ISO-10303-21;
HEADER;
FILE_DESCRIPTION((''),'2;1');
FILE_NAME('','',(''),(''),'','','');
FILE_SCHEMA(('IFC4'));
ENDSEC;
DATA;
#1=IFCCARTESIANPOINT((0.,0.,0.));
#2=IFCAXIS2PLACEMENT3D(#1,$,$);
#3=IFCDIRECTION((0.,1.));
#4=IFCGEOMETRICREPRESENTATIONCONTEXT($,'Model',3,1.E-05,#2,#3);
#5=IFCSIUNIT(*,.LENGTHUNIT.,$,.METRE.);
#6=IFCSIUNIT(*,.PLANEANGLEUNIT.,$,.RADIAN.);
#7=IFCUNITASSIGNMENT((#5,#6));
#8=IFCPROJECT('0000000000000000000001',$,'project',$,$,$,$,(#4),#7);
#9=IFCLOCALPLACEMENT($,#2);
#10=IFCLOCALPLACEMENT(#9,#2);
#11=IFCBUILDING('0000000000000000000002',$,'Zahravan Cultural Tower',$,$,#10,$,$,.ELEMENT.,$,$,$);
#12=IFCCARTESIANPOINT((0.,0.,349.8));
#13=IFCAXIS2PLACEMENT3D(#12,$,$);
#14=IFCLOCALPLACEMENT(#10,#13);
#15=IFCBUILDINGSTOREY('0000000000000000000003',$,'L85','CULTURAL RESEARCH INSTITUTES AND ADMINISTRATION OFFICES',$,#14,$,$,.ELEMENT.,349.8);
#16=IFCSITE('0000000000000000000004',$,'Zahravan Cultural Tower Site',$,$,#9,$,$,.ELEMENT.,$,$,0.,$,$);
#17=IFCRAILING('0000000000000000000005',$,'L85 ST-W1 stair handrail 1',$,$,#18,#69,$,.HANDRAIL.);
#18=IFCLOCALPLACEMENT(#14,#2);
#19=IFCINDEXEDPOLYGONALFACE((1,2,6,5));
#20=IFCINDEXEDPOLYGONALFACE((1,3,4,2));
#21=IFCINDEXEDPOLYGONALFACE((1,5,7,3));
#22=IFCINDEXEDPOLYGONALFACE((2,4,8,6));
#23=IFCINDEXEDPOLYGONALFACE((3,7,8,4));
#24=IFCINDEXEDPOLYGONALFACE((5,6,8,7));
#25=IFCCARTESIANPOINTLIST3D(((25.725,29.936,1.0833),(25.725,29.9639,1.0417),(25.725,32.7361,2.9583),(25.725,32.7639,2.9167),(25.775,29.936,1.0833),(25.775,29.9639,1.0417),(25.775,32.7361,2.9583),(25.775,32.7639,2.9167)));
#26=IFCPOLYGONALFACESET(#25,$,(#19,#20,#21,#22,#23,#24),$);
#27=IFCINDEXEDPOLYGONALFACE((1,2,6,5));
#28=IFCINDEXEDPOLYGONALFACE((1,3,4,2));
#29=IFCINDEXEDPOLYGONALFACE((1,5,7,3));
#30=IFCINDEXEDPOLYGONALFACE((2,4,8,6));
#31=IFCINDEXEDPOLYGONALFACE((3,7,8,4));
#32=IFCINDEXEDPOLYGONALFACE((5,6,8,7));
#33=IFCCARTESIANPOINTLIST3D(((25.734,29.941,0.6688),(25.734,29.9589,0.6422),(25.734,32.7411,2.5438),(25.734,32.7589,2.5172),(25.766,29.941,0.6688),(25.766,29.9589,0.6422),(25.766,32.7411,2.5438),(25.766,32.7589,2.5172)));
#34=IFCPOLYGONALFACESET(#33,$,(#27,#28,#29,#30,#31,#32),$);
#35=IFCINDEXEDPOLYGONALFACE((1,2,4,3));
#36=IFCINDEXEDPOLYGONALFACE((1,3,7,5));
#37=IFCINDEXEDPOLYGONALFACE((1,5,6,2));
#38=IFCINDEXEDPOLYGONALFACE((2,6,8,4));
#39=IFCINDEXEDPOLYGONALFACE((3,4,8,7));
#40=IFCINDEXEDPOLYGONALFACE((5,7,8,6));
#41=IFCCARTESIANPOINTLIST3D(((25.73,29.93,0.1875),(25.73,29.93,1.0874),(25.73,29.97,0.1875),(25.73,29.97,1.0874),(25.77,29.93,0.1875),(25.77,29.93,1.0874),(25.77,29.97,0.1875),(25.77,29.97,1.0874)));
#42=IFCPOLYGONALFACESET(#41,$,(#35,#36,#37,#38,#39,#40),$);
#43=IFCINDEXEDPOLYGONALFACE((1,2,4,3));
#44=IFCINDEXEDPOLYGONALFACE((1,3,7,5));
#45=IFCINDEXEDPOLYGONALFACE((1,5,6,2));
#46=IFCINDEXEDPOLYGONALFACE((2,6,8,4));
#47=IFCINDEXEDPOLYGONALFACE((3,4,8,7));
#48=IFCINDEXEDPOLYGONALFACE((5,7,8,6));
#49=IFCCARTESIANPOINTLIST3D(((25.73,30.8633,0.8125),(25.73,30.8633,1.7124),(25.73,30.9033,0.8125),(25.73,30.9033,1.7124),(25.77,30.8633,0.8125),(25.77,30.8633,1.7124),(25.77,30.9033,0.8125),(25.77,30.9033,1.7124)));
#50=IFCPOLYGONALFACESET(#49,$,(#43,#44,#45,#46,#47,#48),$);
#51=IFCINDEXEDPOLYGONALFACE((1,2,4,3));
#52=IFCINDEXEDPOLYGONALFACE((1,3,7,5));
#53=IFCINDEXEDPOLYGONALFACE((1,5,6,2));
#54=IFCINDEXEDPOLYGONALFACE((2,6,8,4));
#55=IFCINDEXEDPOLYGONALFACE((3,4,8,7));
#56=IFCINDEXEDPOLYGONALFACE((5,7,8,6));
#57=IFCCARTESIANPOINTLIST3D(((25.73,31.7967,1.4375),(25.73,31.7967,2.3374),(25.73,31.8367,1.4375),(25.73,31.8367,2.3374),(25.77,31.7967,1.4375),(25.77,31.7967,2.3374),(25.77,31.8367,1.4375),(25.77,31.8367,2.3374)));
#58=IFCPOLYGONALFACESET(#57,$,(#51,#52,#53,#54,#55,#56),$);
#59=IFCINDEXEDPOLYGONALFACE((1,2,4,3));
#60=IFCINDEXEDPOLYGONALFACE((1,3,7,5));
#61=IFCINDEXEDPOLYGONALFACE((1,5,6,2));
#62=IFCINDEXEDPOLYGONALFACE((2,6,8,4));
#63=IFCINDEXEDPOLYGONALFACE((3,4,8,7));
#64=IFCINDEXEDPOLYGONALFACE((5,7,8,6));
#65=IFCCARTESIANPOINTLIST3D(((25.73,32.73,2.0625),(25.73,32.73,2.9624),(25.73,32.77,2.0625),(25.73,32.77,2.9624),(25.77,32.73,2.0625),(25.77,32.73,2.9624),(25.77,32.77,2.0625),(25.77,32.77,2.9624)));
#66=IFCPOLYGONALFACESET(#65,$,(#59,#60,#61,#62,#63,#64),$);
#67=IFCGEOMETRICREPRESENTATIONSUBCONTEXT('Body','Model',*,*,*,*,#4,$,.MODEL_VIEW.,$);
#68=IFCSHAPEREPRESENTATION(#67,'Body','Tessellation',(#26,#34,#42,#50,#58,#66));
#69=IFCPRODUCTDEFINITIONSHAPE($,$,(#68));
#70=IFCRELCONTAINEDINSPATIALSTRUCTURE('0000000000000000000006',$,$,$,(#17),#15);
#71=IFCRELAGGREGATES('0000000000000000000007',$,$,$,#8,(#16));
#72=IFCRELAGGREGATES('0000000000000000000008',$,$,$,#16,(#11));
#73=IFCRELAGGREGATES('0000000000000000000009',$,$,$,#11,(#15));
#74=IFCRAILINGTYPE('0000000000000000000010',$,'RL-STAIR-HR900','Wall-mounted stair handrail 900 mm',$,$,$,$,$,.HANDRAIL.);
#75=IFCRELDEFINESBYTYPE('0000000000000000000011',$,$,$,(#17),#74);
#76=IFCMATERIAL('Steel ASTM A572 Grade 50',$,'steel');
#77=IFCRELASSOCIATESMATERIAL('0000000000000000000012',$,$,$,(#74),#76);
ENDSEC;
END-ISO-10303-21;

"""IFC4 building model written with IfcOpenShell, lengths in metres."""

from ifc_helpers import new_model, si_unit, direction, frame, origin, origin_2d, place, context, subcontext, project, spatial, rectangle, extrude, material, type_object, element, save


model = new_model("IFC4")

# Units and contexts
model_context = context("Model", 3, precision=1e-05, world=origin(), true_north=direction((0.0, 1.0)))
body_context = subcontext(model_context, "Body", "Model", "MODEL_VIEW")
ifc_project = project(units=[si_unit("LENGTHUNIT", "METRE"), si_unit("PLANEANGLEUNIT", "RADIAN")], contexts=[model_context])

# Site, building, storey
site_placement = place(None, origin())
site = spatial("IfcSite", under=ifc_project, at=site_placement, Name="Zahravan Cultural Tower Site", CompositionType="ELEMENT", RefElevation=0.0)
building_placement = place(site_placement, origin())
building = spatial("IfcBuilding", under=site, at=building_placement, Name="Zahravan Cultural Tower", CompositionType="ELEMENT")
storey_placement = place(building_placement, frame((0.0, 0.0, 349.8)))
storey = spatial("IfcBuildingStorey", under=building, at=storey_placement, Name="L85", Description="CULTURAL RESEARCH INSTITUTES AND ADMINISTRATION OFFICES", CompositionType="ELEMENT", Elevation=349.8)

# Shared definitions
ifc_material_1 = material(Name="Steel ASTM A572 Grade 50", Category="steel")

# Railing
railing_type = type_object("IfcRailingType", Name="RL-STAIR-HR900", Description="Wall-mounted stair handrail 900 mm", PredefinedType="HANDRAIL", material=ifc_material_1)
railing_placement = place(storey_placement, frame((25.75, 29.95, 0.1875)))
element("IfcRailing", 1, at=railing_placement, inside=storey, type_object=railing_type, Name="L85 ST-W1 stair handrail 1", PredefinedType="HANDRAIL", context=body_context, shape_type="SweptSolid", body=[
    extrude(rectangle(XDim=0.05, YDim=0.05, at=origin_2d()), frame((0.0, 0.0, 0.875), z_axis=(0.0, 0.830912, 0.556404), x_axis=(-1.0, 0.0, 0.0)), (0.0, 0.0, 1.0), 3.3699),
    extrude(rectangle(XDim=0.032, YDim=0.032, at=origin_2d()), frame((0.0, 0.0, 0.468), z_axis=(0.0, 0.830912, 0.556404), x_axis=(-1.0, 0.0, 0.0)), (0.0, 0.0, 1.0), 3.3699),
    extrude(rectangle(XDim=0.04, YDim=0.04, at=origin_2d()), origin(), (0.0, 0.0, 1.0), 0.8999),
    extrude(rectangle(XDim=0.04, YDim=0.04, at=origin_2d()), frame((0.0, 0.9333, 0.625)), (0.0, 0.0, 1.0), 0.8999),
    extrude(rectangle(XDim=0.04, YDim=0.04, at=origin_2d()), frame((0.0, 1.8667, 1.25)), (0.0, 0.0, 1.0), 0.8999),
    extrude(rectangle(XDim=0.04, YDim=0.04, at=origin_2d()), frame((0.0, 2.8, 1.875)), (0.0, 0.0, 1.0), 0.8999),
])

save(model, "model.ifc")
